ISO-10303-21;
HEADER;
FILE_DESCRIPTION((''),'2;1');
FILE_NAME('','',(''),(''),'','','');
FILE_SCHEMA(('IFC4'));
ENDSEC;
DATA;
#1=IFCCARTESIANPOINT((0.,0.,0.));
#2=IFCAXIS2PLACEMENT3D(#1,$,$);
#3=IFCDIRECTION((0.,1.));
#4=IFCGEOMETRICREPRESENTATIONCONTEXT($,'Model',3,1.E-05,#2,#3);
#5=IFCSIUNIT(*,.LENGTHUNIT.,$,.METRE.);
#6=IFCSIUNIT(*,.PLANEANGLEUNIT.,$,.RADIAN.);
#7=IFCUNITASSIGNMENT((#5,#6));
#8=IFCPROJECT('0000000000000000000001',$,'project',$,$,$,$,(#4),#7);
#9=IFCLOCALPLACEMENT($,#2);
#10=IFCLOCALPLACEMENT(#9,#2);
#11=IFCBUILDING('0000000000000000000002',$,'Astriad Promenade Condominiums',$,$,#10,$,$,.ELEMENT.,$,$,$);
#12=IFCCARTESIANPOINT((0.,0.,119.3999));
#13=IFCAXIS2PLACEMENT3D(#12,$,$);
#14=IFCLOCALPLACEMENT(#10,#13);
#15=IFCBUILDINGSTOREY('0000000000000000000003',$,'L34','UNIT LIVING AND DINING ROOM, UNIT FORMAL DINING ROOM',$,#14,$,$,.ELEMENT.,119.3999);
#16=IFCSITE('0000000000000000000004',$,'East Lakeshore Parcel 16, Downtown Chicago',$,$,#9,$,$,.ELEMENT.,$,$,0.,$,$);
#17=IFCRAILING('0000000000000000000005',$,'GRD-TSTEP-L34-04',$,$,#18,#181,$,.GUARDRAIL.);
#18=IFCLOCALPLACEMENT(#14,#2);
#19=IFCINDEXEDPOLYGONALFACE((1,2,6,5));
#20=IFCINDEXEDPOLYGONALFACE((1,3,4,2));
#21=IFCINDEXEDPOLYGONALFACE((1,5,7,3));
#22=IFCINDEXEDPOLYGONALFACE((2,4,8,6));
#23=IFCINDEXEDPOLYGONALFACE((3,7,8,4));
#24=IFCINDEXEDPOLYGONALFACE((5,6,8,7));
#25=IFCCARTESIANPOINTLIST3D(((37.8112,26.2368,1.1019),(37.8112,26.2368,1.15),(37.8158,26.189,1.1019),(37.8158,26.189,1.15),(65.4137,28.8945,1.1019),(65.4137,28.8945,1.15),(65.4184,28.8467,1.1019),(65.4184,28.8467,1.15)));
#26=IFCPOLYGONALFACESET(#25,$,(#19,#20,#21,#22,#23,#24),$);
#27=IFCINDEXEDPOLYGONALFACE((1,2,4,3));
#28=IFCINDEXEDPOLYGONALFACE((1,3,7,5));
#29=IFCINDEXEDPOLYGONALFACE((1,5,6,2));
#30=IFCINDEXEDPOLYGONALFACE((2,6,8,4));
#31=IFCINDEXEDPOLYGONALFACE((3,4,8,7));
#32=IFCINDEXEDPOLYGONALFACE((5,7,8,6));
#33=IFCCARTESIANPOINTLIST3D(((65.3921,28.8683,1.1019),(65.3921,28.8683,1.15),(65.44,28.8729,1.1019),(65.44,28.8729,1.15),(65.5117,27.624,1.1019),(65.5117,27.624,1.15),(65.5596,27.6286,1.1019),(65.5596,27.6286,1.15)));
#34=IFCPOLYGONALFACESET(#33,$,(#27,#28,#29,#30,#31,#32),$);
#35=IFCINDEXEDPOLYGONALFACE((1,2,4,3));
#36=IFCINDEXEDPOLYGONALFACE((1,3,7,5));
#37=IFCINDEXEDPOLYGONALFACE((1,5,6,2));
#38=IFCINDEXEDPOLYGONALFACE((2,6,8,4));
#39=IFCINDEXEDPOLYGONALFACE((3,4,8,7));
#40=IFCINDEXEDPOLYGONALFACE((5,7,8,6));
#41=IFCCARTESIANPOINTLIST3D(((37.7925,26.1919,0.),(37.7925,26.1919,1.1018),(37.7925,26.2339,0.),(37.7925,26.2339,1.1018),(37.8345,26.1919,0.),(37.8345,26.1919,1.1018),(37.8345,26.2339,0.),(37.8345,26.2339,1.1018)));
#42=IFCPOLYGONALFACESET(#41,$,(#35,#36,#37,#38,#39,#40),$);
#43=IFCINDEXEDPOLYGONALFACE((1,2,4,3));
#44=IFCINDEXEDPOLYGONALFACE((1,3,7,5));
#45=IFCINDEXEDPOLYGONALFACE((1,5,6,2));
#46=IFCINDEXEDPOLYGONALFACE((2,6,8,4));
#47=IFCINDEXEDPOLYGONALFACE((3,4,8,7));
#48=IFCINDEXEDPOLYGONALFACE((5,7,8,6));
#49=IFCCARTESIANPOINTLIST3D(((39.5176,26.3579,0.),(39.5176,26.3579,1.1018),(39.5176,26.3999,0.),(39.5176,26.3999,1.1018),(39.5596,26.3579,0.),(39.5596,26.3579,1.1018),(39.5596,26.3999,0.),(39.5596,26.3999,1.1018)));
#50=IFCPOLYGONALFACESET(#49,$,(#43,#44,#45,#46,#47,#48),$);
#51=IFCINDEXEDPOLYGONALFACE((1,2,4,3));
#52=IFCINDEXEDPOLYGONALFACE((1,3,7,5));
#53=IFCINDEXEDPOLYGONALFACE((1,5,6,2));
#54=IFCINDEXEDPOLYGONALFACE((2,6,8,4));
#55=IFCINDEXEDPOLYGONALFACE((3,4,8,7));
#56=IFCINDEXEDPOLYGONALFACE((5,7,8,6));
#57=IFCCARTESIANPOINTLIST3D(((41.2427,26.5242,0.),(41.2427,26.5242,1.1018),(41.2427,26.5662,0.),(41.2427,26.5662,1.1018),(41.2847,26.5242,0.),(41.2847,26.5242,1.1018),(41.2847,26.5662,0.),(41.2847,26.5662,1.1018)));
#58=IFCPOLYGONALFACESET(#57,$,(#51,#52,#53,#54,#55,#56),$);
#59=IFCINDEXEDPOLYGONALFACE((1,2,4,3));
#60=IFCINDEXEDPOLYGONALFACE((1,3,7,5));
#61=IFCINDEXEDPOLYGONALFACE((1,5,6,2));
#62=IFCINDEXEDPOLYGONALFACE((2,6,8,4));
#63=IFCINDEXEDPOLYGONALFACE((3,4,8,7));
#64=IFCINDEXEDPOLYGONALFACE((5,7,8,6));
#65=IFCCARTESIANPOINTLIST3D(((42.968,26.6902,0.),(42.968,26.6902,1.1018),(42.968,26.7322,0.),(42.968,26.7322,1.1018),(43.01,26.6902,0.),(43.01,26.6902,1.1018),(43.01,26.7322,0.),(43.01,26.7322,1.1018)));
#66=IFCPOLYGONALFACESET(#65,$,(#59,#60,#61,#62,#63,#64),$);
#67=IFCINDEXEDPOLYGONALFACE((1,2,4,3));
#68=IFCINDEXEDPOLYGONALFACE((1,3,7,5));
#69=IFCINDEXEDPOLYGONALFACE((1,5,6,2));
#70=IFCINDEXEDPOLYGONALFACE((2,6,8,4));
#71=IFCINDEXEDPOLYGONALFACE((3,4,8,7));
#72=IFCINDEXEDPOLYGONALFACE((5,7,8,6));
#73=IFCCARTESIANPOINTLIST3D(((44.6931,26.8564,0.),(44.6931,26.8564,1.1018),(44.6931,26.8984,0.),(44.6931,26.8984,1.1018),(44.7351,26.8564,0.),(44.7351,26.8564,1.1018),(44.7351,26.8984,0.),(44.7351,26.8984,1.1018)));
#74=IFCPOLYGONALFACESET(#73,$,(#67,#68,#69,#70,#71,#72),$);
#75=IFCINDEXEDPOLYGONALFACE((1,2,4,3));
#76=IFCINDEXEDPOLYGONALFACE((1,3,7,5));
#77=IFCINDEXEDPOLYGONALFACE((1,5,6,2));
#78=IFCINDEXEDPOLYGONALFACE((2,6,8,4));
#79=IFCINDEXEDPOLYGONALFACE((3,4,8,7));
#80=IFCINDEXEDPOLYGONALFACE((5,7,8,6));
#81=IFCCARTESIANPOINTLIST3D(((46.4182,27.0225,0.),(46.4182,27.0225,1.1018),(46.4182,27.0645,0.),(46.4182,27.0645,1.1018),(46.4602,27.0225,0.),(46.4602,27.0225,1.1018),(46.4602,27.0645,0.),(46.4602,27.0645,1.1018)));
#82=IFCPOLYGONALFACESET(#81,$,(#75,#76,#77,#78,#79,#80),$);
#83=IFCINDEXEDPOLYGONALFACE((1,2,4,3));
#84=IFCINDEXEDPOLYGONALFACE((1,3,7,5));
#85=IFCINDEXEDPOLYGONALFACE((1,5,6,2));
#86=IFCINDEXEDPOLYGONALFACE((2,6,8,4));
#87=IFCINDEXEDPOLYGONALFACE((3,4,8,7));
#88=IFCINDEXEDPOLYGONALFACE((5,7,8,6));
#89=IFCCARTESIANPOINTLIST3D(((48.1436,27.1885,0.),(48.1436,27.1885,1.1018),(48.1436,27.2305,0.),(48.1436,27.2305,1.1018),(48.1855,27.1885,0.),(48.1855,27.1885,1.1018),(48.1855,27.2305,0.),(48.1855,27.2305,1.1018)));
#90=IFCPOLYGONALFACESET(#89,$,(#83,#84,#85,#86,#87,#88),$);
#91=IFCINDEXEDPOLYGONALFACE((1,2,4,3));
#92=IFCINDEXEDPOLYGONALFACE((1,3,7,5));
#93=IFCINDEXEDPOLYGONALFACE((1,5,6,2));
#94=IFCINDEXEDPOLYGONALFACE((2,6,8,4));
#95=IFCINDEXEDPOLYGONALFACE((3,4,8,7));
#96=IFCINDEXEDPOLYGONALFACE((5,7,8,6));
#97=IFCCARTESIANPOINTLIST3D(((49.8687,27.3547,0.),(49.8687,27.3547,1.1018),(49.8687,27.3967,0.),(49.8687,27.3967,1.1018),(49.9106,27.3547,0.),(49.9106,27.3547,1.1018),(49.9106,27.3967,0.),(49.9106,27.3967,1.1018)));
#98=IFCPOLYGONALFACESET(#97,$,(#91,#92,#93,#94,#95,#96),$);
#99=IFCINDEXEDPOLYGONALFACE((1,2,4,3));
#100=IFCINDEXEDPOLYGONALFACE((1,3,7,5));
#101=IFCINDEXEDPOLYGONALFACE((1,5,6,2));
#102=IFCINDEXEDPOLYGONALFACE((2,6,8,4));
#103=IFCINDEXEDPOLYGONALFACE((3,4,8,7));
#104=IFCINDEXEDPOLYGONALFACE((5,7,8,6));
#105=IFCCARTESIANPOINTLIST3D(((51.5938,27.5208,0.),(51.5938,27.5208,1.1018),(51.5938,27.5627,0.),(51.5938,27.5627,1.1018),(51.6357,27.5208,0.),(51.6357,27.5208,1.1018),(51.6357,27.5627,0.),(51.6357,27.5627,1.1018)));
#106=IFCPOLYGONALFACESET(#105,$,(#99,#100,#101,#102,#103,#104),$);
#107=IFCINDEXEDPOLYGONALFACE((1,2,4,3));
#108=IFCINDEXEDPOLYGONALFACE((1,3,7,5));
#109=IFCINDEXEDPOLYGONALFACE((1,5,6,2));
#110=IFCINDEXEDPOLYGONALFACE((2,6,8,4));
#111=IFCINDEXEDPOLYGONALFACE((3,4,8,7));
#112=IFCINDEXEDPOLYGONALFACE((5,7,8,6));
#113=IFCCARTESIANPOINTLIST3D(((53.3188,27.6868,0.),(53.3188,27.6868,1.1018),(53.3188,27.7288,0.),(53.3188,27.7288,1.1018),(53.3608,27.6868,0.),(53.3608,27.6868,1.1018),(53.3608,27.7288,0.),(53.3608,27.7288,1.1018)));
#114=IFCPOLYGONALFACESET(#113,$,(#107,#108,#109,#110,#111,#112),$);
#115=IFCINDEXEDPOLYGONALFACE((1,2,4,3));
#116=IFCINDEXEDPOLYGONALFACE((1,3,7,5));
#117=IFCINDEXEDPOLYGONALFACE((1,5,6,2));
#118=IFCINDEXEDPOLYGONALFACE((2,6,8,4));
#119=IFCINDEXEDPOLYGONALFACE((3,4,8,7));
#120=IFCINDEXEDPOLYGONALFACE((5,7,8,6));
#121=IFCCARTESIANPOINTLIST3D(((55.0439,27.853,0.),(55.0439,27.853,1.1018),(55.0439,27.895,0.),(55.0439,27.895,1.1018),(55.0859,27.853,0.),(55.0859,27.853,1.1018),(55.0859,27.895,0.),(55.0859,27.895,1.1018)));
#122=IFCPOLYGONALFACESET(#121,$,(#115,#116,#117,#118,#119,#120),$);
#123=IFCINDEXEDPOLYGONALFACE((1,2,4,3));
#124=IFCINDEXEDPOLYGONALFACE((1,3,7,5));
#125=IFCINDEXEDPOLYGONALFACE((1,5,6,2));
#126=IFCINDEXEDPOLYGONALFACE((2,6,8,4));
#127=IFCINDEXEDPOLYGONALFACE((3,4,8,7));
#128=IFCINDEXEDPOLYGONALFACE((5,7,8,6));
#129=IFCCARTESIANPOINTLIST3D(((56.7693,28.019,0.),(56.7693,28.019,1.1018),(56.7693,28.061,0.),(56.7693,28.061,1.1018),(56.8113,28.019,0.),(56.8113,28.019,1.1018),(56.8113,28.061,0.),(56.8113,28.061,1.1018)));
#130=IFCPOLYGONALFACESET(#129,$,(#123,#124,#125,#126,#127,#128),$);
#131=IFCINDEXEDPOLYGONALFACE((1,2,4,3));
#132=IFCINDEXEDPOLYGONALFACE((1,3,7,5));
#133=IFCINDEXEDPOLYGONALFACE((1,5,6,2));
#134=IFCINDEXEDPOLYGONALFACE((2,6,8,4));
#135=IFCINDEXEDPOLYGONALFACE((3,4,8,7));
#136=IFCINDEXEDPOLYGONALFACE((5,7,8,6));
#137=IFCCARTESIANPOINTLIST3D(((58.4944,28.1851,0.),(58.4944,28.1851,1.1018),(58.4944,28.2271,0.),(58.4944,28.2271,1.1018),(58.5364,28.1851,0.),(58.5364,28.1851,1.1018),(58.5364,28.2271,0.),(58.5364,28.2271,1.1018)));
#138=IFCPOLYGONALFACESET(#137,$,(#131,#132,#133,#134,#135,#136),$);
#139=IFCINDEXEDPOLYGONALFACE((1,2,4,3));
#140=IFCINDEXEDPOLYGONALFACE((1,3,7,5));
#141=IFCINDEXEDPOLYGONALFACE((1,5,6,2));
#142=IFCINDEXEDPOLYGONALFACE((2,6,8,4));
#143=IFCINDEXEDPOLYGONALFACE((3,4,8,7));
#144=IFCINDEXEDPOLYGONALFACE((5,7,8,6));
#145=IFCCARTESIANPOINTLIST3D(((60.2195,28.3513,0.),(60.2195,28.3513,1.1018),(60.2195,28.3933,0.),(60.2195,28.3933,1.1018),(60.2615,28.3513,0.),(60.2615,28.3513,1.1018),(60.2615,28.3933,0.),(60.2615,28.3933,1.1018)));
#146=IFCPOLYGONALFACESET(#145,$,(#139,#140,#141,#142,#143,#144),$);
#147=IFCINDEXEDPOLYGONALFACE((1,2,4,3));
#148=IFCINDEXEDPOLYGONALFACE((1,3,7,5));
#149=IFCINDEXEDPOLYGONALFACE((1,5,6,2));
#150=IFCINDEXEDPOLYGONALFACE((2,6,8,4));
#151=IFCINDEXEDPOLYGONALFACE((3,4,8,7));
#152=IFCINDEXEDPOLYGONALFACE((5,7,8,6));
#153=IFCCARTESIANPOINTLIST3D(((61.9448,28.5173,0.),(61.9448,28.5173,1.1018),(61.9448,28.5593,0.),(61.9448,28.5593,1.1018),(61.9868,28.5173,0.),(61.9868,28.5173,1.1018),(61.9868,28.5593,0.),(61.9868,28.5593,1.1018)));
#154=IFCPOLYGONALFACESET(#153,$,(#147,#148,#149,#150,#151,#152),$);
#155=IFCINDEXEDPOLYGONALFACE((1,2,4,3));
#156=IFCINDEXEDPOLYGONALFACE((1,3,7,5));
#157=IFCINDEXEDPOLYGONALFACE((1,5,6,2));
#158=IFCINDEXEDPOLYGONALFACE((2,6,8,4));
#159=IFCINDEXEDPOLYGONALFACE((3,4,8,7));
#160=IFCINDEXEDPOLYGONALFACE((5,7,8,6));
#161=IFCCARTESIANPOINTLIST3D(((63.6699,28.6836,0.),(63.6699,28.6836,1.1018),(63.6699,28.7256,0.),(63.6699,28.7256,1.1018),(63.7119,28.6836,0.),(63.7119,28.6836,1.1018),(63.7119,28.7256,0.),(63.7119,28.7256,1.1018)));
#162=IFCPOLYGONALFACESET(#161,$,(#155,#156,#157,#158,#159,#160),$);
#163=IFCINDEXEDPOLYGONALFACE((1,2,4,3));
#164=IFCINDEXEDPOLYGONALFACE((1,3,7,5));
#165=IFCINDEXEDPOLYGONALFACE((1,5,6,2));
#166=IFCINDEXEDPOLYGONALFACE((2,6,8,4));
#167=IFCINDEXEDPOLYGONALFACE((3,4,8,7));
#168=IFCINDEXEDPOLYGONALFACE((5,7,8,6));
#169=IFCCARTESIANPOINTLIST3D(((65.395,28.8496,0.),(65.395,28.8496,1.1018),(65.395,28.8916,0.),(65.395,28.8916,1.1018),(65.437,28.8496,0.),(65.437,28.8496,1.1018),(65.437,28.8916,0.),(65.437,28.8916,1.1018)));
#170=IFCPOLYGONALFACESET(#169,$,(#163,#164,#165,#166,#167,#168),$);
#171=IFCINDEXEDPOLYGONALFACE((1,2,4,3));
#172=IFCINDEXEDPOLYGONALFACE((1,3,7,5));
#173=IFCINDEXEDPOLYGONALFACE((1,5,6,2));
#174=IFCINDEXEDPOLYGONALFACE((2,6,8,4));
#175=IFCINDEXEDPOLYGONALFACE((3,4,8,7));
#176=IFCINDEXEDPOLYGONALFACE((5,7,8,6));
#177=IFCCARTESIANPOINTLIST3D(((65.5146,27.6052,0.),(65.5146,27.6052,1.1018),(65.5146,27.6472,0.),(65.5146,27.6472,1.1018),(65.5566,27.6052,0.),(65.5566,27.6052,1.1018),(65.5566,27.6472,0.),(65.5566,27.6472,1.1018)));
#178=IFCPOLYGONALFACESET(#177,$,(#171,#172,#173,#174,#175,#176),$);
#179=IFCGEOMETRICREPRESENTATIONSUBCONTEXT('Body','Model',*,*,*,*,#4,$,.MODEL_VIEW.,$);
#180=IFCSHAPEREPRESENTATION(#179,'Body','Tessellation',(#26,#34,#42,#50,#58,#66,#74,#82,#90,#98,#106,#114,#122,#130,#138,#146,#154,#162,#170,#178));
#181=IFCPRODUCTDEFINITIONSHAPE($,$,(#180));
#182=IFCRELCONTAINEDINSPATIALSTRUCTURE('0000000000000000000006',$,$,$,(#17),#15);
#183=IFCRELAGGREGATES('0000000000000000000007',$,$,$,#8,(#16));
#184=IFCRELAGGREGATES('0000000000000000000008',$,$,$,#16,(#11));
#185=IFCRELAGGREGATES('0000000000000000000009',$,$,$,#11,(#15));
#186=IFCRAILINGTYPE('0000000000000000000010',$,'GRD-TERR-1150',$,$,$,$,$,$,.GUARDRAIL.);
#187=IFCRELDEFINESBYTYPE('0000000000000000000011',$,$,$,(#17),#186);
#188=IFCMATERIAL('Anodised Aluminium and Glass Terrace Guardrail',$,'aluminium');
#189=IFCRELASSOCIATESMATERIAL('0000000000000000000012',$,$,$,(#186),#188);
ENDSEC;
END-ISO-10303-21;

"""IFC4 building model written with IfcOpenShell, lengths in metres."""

from ifc_helpers import new_model, si_unit, direction, frame, origin, origin_2d, place, context, subcontext, project, spatial, rectangle, extrude, source, transform, mapped, material, type_object, type_shapes, element, save


model = new_model("IFC4")

# Units and contexts
model_context = context("Model", 3, precision=1e-05, world=origin(), true_north=direction((0.0, 1.0)))
body_context = subcontext(model_context, "Body", "Model", "MODEL_VIEW")
ifc_project = project(units=[si_unit("LENGTHUNIT", "METRE"), si_unit("PLANEANGLEUNIT", "RADIAN")], contexts=[model_context])

# Site, building, storey
site_placement = place(None, origin())
site = spatial("IfcSite", under=ifc_project, at=site_placement, Name="East Lakeshore Parcel 16, Downtown Chicago", CompositionType="ELEMENT", RefElevation=0.0)
building_placement = place(site_placement, origin())
building = spatial("IfcBuilding", under=site, at=building_placement, Name="Astriad Promenade Condominiums", CompositionType="ELEMENT")
storey_placement = place(building_placement, frame((0.0, 0.0, 119.3999)))
storey = spatial("IfcBuildingStorey", under=building, at=storey_placement, Name="L34", Description="UNIT LIVING AND DINING ROOM, UNIT FORMAL DINING ROOM", CompositionType="ELEMENT", Elevation=119.3999)

# Railing
ifc_material_1 = material(Name="Anodised Aluminium and Glass Terrace Guardrail", Category="aluminium")
railing_type = type_object("IfcRailingType", Name="GRD-TERR-1150", PredefinedType="GUARDRAIL", material=ifc_material_1)
shared_shape_1 = source(origin(), body_context, "Body", "SweptSolid", [
    extrude(rectangle(XDim=0.0481, YDim=0.0481, at=origin_2d()), frame((0.0, 0.0, 1.126), z_axis=(0.995397, 0.095842, 0.0), x_axis=(-0.095842, 0.995397, 0.0)), (0.0, 0.0, 1.0), 27.7302),
    extrude(rectangle(XDim=0.0481, YDim=0.0481, at=origin_2d()), frame((27.6025, 2.6577, 1.126), z_axis=(0.095694, -0.995411, 0.0), x_axis=(0.995411, 0.095694, 0.0)), (0.0, 0.0, 1.0), 1.25),
    extrude(rectangle(XDim=0.042, YDim=0.042, at=origin_2d()), origin(), (0.0, 0.0, 1.0), 1.1018),
    extrude(rectangle(XDim=0.042, YDim=0.042, at=origin_2d()), frame((1.7251, 0.166, 0.0)), (0.0, 0.0, 1.0), 1.1018),
    extrude(rectangle(XDim=0.042, YDim=0.042, at=origin_2d()), frame((3.4502, 0.3323, 0.0)), (0.0, 0.0, 1.0), 1.1018),
    extrude(rectangle(XDim=0.042, YDim=0.042, at=origin_2d()), frame((5.1755, 0.4983, 0.0)), (0.0, 0.0, 1.0), 1.1018),
    extrude(rectangle(XDim=0.042, YDim=0.042, at=origin_2d()), frame((6.9006, 0.6646, 0.0)), (0.0, 0.0, 1.0), 1.1018),
    extrude(rectangle(XDim=0.042, YDim=0.042, at=origin_2d()), frame((8.6257, 0.8306, 0.0)), (0.0, 0.0, 1.0), 1.1018),
    extrude(rectangle(XDim=0.042, YDim=0.042, at=origin_2d()), frame((10.3511, 0.9966, 0.0)), (0.0, 0.0, 1.0), 1.1018),
    extrude(rectangle(XDim=0.042, YDim=0.042, at=origin_2d()), frame((12.0762, 1.1628, 0.0)), (0.0, 0.0, 1.0), 1.1018),
    extrude(rectangle(XDim=0.042, YDim=0.042, at=origin_2d()), frame((13.8013, 1.3289, 0.0)), (0.0, 0.0, 1.0), 1.1018),
    extrude(rectangle(XDim=0.042, YDim=0.042, at=origin_2d()), frame((15.5264, 1.4949, 0.0)), (0.0, 0.0, 1.0), 1.1018),
    extrude(rectangle(XDim=0.042, YDim=0.042, at=origin_2d()), frame((17.2515, 1.6611, 0.0)), (0.0, 0.0, 1.0), 1.1018),
    extrude(rectangle(XDim=0.042, YDim=0.042, at=origin_2d()), frame((18.9768, 1.8271, 0.0)), (0.0, 0.0, 1.0), 1.1018),
    extrude(rectangle(XDim=0.042, YDim=0.042, at=origin_2d()), frame((20.7019, 1.9932, 0.0)), (0.0, 0.0, 1.0), 1.1018),
    extrude(rectangle(XDim=0.042, YDim=0.042, at=origin_2d()), frame((22.427, 2.1594, 0.0)), (0.0, 0.0, 1.0), 1.1018),
    extrude(rectangle(XDim=0.042, YDim=0.042, at=origin_2d()), frame((24.1523, 2.3254, 0.0)), (0.0, 0.0, 1.0), 1.1018),
    extrude(rectangle(XDim=0.042, YDim=0.042, at=origin_2d()), frame((25.8774, 2.4917, 0.0)), (0.0, 0.0, 1.0), 1.1018),
    extrude(rectangle(XDim=0.042, YDim=0.042, at=origin_2d()), frame((27.6025, 2.6577, 0.0)), (0.0, 0.0, 1.0), 1.1018),
    extrude(rectangle(XDim=0.042, YDim=0.042, at=origin_2d()), frame((27.7222, 1.4133, 0.0)), (0.0, 0.0, 1.0), 1.1018),
])
type_shapes(railing_type, [shared_shape_1])
railing_placement = place(storey_placement, frame((37.8135, 26.2129, 0.0)))
element("IfcRailing", 1, at=railing_placement, inside=storey, type_object=railing_type, Name="GRD-TSTEP-L34-04", PredefinedType="GUARDRAIL", context=body_context, shape_type="MappedRepresentation", body=[
    mapped(shared_shape_1, transform((0.0, 0.0, 0.0), scale=1.0)),
])

save(model, "model.ifc")
